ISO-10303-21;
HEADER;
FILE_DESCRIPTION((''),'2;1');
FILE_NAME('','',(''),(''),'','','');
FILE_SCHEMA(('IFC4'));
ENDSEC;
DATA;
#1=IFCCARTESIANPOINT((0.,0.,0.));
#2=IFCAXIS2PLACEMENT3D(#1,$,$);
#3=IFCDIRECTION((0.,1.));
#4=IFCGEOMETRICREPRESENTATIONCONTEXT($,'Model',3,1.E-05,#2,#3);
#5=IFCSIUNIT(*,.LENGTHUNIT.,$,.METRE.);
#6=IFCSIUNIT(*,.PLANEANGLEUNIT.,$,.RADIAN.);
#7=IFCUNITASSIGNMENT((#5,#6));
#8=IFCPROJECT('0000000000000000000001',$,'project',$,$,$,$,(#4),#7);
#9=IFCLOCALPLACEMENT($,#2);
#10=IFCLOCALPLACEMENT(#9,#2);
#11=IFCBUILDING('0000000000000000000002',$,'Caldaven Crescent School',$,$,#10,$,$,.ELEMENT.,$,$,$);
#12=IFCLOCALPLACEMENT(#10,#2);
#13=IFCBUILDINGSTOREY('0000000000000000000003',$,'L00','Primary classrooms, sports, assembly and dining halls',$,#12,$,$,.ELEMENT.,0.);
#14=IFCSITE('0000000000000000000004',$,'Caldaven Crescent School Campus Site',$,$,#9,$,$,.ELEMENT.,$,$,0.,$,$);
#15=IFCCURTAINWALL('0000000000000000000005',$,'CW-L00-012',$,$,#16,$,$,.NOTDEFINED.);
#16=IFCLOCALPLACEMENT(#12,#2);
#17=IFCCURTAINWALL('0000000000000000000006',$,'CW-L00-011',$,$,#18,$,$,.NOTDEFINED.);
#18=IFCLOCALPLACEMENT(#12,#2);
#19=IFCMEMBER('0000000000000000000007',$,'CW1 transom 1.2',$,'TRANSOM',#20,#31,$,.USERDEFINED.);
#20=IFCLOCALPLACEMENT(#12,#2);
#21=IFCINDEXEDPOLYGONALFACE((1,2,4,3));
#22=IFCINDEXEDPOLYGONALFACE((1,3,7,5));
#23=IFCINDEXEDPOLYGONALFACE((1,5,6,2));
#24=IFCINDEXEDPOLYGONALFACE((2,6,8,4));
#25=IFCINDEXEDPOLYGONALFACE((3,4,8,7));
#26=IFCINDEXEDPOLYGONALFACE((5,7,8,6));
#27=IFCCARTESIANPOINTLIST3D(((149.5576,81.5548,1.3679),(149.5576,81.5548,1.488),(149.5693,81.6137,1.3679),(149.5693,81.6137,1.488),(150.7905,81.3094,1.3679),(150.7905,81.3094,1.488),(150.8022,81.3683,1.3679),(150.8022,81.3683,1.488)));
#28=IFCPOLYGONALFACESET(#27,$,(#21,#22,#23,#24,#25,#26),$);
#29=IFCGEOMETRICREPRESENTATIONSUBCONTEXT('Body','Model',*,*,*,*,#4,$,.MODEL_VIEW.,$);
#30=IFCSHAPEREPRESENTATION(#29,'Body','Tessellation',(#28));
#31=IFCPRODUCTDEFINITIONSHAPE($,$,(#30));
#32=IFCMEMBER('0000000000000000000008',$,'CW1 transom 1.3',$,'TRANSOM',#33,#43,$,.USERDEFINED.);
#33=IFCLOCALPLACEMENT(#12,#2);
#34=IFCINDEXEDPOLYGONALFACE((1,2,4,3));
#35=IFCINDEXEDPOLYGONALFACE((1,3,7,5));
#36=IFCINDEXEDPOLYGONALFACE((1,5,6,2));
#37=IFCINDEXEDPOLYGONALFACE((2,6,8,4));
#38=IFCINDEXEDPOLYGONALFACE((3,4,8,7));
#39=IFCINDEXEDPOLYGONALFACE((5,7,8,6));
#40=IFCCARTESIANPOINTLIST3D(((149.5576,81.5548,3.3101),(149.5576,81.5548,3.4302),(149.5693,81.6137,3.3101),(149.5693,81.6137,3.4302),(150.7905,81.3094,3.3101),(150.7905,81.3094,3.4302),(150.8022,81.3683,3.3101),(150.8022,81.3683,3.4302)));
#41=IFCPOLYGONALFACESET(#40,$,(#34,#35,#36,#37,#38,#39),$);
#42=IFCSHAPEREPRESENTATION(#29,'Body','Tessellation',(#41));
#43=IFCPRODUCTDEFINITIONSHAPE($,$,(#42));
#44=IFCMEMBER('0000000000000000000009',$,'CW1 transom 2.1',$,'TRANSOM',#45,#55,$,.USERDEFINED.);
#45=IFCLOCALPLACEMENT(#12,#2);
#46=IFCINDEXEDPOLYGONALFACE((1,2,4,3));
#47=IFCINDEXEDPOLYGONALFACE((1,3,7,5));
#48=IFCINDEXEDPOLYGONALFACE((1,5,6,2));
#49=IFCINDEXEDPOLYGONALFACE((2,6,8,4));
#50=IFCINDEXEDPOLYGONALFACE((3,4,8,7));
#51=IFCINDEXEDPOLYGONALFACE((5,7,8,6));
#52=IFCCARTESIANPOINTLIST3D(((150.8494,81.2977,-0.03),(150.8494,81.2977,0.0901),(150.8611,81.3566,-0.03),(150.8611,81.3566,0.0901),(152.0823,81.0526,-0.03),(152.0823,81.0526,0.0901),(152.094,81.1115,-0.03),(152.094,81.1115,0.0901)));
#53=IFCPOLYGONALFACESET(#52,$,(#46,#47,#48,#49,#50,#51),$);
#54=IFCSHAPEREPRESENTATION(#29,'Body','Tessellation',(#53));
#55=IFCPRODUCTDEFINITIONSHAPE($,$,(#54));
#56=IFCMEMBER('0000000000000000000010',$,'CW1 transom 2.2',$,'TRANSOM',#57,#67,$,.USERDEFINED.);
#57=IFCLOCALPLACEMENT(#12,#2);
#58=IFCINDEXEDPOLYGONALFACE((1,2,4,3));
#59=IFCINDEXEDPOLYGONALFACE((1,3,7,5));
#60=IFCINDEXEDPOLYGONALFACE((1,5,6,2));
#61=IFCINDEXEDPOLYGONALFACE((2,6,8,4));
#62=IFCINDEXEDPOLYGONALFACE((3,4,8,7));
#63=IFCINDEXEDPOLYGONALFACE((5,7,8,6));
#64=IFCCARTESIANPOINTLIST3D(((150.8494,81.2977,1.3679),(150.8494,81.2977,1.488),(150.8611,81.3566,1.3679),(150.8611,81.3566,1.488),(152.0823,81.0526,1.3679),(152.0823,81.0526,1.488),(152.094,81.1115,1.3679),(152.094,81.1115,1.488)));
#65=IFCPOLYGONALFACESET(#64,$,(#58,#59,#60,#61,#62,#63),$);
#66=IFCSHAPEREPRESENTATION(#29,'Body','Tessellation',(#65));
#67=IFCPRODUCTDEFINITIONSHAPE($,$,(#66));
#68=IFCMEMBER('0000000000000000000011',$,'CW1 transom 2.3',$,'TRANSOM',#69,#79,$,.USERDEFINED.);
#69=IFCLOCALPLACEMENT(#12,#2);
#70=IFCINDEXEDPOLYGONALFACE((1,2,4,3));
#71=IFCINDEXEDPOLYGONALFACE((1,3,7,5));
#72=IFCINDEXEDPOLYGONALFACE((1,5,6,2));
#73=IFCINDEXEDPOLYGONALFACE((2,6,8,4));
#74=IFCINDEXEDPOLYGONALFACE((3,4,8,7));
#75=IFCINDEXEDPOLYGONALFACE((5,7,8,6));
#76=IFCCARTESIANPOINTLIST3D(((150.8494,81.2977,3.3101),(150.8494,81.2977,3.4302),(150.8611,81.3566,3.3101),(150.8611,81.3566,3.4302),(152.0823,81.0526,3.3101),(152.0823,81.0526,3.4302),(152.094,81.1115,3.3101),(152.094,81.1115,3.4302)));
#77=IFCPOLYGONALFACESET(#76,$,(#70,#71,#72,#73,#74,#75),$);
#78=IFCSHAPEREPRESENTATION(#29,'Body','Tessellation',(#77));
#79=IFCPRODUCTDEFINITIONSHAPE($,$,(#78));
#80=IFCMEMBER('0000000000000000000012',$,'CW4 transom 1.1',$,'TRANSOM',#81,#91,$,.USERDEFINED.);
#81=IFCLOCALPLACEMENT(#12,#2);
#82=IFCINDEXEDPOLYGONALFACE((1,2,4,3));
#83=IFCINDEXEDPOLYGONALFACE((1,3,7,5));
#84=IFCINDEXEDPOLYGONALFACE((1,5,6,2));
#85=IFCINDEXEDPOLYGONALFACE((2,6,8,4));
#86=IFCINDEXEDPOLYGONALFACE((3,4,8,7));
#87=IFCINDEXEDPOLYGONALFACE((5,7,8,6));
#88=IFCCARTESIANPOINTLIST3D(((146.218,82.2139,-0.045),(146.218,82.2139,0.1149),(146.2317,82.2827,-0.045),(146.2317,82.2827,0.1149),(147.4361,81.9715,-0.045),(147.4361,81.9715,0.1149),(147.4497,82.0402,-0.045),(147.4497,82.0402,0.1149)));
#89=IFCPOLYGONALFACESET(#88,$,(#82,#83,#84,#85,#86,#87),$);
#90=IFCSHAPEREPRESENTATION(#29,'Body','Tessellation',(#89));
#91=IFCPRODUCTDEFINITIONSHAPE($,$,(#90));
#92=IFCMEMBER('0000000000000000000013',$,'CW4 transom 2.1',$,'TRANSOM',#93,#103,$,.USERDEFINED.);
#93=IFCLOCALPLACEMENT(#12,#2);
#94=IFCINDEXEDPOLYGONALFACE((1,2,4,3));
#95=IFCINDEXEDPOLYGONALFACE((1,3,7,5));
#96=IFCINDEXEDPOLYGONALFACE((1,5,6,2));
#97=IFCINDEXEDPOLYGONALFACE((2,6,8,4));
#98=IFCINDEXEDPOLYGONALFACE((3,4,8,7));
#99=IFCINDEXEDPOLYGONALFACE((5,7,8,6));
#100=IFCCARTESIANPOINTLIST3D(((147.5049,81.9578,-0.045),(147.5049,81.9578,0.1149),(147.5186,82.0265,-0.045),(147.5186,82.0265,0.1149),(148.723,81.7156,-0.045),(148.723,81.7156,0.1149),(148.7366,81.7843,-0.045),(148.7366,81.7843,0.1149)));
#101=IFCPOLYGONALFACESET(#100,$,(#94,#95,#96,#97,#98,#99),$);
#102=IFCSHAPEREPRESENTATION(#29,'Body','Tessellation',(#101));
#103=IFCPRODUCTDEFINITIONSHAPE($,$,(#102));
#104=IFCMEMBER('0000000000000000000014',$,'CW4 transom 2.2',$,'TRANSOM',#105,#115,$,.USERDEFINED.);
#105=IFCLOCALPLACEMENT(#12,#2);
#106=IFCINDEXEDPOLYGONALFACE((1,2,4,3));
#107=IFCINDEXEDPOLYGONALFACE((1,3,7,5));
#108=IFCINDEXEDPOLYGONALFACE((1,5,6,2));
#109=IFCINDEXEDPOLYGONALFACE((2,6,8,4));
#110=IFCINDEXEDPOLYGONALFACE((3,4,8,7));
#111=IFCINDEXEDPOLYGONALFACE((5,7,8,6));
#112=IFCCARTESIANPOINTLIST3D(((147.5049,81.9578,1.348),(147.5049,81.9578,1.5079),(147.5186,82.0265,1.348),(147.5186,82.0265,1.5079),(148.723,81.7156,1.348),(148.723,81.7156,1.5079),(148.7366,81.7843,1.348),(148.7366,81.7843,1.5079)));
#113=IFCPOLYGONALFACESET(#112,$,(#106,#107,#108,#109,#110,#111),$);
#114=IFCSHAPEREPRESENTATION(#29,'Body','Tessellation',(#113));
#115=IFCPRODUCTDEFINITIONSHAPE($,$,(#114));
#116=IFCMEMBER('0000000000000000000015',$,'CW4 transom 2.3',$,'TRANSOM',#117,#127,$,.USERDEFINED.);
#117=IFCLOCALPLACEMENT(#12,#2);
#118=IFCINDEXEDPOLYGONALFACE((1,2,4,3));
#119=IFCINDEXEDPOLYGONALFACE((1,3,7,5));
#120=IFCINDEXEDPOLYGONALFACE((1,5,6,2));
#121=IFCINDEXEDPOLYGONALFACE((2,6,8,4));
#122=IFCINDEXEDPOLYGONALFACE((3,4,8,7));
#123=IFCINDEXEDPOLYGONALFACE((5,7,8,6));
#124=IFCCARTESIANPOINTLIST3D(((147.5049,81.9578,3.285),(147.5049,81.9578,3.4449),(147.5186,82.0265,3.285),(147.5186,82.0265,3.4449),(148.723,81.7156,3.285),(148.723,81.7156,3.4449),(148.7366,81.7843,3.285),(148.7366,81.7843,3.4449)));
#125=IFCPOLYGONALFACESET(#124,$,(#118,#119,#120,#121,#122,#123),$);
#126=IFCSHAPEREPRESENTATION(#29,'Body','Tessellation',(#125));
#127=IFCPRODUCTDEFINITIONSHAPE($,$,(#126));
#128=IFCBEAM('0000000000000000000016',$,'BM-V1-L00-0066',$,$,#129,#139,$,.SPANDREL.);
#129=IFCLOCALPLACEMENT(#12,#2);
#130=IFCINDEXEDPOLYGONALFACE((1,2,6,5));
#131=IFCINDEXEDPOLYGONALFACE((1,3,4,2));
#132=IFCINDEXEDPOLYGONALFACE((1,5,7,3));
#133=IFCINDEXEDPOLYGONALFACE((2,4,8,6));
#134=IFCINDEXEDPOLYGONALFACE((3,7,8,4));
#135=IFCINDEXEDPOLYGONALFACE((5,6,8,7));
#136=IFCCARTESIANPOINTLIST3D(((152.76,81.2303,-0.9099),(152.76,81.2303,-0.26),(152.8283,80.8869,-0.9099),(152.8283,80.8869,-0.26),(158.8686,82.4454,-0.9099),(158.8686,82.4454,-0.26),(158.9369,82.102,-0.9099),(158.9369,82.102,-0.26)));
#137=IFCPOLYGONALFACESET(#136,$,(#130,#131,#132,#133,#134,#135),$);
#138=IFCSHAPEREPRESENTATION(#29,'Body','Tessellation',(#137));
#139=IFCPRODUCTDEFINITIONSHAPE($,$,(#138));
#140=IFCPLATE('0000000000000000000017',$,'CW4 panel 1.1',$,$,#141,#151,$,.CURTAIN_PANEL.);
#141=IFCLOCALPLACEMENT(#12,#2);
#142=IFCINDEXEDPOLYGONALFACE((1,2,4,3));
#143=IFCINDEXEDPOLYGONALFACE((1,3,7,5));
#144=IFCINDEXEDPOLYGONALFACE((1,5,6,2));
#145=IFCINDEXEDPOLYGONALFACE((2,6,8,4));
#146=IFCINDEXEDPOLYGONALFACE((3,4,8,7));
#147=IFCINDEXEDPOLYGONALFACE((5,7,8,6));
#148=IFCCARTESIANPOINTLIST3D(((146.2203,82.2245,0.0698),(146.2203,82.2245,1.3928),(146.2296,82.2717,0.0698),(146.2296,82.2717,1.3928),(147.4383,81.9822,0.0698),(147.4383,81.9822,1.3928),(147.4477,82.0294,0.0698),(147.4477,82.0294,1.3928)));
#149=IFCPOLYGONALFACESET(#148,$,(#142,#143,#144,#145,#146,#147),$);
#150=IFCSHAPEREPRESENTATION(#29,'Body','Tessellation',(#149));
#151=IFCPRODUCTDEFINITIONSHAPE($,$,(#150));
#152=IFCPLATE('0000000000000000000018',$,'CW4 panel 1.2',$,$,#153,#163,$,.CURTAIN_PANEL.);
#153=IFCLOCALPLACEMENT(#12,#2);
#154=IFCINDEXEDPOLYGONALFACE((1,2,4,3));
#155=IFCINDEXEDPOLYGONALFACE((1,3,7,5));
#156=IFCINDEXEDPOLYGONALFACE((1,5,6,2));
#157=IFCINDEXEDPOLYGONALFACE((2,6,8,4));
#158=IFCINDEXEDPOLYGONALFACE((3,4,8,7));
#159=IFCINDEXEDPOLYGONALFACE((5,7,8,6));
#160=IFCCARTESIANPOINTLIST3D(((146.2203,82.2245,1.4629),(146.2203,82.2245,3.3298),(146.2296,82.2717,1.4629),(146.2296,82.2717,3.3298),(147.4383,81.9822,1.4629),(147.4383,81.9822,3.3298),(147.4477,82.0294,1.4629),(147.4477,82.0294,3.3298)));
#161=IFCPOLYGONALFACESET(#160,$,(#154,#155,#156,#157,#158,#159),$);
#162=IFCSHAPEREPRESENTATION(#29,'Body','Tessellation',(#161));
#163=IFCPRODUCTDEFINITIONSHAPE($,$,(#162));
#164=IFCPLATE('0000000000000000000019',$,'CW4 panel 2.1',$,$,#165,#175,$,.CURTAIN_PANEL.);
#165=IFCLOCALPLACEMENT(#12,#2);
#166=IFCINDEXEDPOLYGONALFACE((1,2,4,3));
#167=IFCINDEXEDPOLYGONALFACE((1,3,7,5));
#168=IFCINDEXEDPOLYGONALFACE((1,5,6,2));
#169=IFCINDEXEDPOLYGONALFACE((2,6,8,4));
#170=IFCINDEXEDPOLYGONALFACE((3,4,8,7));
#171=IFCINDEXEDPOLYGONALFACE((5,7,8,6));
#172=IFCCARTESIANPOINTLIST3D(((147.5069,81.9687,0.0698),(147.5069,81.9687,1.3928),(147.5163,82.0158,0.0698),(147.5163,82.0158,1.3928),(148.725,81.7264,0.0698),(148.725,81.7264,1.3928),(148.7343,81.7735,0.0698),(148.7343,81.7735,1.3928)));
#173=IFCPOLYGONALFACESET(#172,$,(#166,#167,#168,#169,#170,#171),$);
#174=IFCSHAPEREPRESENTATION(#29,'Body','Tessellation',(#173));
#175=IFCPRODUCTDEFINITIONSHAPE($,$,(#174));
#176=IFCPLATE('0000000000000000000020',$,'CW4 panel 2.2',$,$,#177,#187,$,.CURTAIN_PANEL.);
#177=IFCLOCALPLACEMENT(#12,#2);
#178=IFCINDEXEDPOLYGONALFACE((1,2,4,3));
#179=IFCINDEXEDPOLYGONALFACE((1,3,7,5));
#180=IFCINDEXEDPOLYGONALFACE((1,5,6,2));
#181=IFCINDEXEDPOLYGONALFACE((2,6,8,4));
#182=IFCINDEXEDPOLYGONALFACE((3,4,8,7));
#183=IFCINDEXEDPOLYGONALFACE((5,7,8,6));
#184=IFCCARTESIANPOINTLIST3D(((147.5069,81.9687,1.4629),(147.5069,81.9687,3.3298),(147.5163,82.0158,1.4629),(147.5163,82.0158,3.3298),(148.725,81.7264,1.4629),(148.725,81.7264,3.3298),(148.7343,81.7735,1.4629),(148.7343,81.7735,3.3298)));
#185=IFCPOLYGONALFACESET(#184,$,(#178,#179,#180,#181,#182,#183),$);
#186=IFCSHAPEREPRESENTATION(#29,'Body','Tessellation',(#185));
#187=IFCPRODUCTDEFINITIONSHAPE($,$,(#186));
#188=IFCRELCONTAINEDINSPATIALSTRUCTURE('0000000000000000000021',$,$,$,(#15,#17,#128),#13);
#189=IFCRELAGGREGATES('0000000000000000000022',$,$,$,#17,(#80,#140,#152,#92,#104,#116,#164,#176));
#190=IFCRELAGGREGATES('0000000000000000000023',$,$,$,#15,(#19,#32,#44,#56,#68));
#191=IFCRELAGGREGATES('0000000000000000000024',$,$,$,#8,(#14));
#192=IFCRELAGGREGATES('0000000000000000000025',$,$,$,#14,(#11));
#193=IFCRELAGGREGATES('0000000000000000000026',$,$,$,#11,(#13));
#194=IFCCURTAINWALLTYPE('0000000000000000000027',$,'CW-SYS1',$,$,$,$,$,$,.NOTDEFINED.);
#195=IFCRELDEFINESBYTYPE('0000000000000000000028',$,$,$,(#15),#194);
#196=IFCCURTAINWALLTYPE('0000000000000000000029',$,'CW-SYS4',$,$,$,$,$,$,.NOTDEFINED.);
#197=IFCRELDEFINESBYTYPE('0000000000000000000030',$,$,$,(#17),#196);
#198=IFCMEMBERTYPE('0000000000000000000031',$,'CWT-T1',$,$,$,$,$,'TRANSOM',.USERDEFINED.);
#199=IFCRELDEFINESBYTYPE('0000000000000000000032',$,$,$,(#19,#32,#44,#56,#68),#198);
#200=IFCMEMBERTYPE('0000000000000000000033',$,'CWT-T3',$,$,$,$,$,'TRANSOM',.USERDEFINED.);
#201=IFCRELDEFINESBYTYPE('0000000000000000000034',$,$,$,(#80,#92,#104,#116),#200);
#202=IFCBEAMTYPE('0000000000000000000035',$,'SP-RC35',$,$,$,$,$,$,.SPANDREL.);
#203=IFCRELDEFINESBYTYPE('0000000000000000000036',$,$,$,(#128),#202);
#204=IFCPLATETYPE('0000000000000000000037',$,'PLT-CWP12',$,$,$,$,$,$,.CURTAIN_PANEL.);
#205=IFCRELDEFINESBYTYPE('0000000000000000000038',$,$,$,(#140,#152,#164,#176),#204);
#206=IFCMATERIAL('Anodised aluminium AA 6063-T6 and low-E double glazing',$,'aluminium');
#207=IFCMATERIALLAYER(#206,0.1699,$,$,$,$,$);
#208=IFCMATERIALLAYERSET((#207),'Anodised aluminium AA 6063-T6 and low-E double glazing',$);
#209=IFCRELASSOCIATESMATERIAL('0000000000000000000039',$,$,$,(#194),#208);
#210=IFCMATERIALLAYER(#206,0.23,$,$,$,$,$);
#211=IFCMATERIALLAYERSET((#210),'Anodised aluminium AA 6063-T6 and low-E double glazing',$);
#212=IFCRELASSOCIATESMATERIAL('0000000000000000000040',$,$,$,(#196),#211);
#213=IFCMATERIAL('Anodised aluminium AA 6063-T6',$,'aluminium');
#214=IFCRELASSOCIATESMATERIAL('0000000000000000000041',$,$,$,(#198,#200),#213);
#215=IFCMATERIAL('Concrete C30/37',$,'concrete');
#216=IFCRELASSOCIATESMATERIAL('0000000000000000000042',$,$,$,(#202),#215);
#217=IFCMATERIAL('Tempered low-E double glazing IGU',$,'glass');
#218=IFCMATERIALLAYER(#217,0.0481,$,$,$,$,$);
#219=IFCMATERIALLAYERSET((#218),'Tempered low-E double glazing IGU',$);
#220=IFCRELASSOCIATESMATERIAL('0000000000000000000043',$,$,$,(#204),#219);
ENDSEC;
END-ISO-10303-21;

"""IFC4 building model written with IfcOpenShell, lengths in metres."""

from ifc_helpers import new_model, si_unit, direction, frame, origin, origin_2d, place, context, subcontext, project, spatial, rectangle, extrude, material, layer, layer_set, material_profile, profile_set, type_object, element, aggregate, save


model = new_model("IFC4")

# Units and contexts
model_context = context("Model", 3, precision=1e-05, world=origin(), true_north=direction((0.0, 1.0)))
body_context = subcontext(model_context, "Body", "Model", "MODEL_VIEW")
ifc_project = project(units=[si_unit("LENGTHUNIT", "METRE"), si_unit("PLANEANGLEUNIT", "RADIAN")], contexts=[model_context])

# Site, building, storey
site_placement = place(None, origin())
site = spatial("IfcSite", under=ifc_project, at=site_placement, Name="Caldaven Crescent School Campus Site", CompositionType="ELEMENT", RefElevation=0.0)
building_placement = place(site_placement, origin())
building = spatial("IfcBuilding", under=site, at=building_placement, Name="Caldaven Crescent School", CompositionType="ELEMENT")
storey_placement = place(building_placement, origin())
storey = spatial("IfcBuildingStorey", under=building, at=storey_placement, Name="L00", Description="Primary classrooms, sports, assembly and dining halls", CompositionType="ELEMENT", Elevation=0.0)

# Shared definitions
ifc_material_1 = material(Name="Concrete C30/37", Category="concrete")

# Curtain walls
ifc_material_2 = material(Name="Anodised aluminium AA 6063-T6 and low-E double glazing", Category="aluminium")
ifc_layer_1 = layer(ifc_material_2, 0.1699)
ifc_layer_set_1 = layer_set([ifc_layer_1], Name="Anodised aluminium AA 6063-T6 and low-E double glazing")
curtain_wall_type_1 = type_object("IfcCurtainWallType", Name="CW-SYS1", PredefinedType="NOTDEFINED", material=ifc_layer_set_1)
curtain_wall_1_placement = place(storey_placement, origin())
curtain_wall_1 = element("IfcCurtainWall", 1, at=curtain_wall_1_placement, inside=storey, type_object=curtain_wall_type_1, Name="CW-L00-012", PredefinedType="NOTDEFINED")
ifc_material_3 = material(Name="Anodised aluminium AA 6063-T6", Category="aluminium")
ifc_layer_2 = layer(ifc_material_2, 0.23)
ifc_layer_set_2 = layer_set([ifc_layer_2], Name="Anodised aluminium AA 6063-T6 and low-E double glazing")
curtain_wall_type_2 = type_object("IfcCurtainWallType", Name="CW-SYS4", PredefinedType="NOTDEFINED", material=ifc_layer_set_2)
curtain_wall_2_placement = place(storey_placement, origin())
curtain_wall_2 = element("IfcCurtainWall", 2, at=curtain_wall_2_placement, inside=storey, type_object=curtain_wall_type_2, Name="CW-L00-011", PredefinedType="NOTDEFINED")

# Members
ifc_material_profile_1 = material_profile(ifc_material_3, rectangle(XDim=0.0601, YDim=0.1201, at=origin_2d()), Name="CWT 60x120")
ifc_profile_set_1 = profile_set([ifc_material_profile_1], Name="Anodised aluminium AA 6063-T6")
member_type_1 = type_object("IfcMemberType", Name="CWT-T1", ElementType="TRANSOM", PredefinedType="USERDEFINED", material=ifc_profile_set_1)
member_1_placement = place(storey_placement, frame((149.5635, 81.5842, 1.428), z_axis=(0.980767, -0.195182, 0.0), x_axis=(0.195182, 0.980767, 0.0)))
member_1 = element("IfcMember", 3, at=member_1_placement, type_object=member_type_1, Name="CW1 transom 1.2", ObjectType="TRANSOM", PredefinedType="USERDEFINED", context=body_context, shape_type="SweptSolid", body=[
    extrude(rectangle(XDim=0.0601, YDim=0.1201, at=origin_2d()), origin(), (0.0, 0.0, 1.0), 1.2571),
])
member_2_placement = place(storey_placement, frame((149.5635, 81.5842, 3.3701), z_axis=(0.980767, -0.195182, 0.0), x_axis=(0.195182, 0.980767, 0.0)))
member_2 = element("IfcMember", 4, at=member_2_placement, type_object=member_type_1, Name="CW1 transom 1.3", ObjectType="TRANSOM", PredefinedType="USERDEFINED", context=body_context, shape_type="SweptSolid", body=[
    extrude(rectangle(XDim=0.0601, YDim=0.1201, at=origin_2d()), origin(), (0.0, 0.0, 1.0), 1.2571),
])
member_3_placement = place(storey_placement, frame((150.8552, 81.3271, 0.03), z_axis=(0.980804, -0.194996, 0.0), x_axis=(0.194996, 0.980804, 0.0)))
member_3 = element("IfcMember", 5, at=member_3_placement, type_object=member_type_1, Name="CW1 transom 2.1", ObjectType="TRANSOM", PredefinedType="USERDEFINED", context=body_context, shape_type="SweptSolid", body=[
    extrude(rectangle(XDim=0.0601, YDim=0.1201, at=origin_2d()), origin(), (0.0, 0.0, 1.0), 1.2571),
])
member_4_placement = place(storey_placement, frame((150.8552, 81.3271, 1.428), z_axis=(0.980804, -0.194996, 0.0), x_axis=(0.194996, 0.980804, 0.0)))
member_4 = element("IfcMember", 6, at=member_4_placement, type_object=member_type_1, Name="CW1 transom 2.2", ObjectType="TRANSOM", PredefinedType="USERDEFINED", context=body_context, shape_type="SweptSolid", body=[
    extrude(rectangle(XDim=0.0601, YDim=0.1201, at=origin_2d()), origin(), (0.0, 0.0, 1.0), 1.2571),
])
member_5_placement = place(storey_placement, frame((150.8552, 81.3271, 3.3701), z_axis=(0.980804, -0.194996, 0.0), x_axis=(0.194996, 0.980804, 0.0)))
member_5 = element("IfcMember", 7, at=member_5_placement, type_object=member_type_1, Name="CW1 transom 2.3", ObjectType="TRANSOM", PredefinedType="USERDEFINED", context=body_context, shape_type="SweptSolid", body=[
    extrude(rectangle(XDim=0.0601, YDim=0.1201, at=origin_2d()), origin(), (0.0, 0.0, 1.0), 1.2571),
])
ifc_material_profile_2 = material_profile(ifc_material_3, rectangle(XDim=0.0701, YDim=0.1599, at=origin_2d()), Name="CWT 70x160")
ifc_profile_set_2 = profile_set([ifc_material_profile_2], Name="Anodised aluminium AA 6063-T6")
member_type_2 = type_object("IfcMemberType", Name="CWT-T3", ElementType="TRANSOM", PredefinedType="USERDEFINED", material=ifc_profile_set_2)
member_6_placement = place(storey_placement, frame((146.2249, 82.2483, 0.0349), z_axis=(0.980762, -0.195209, 0.0), x_axis=(0.195209, 0.980762, 0.0)))
member_6 = element("IfcMember", 8, at=member_6_placement, type_object=member_type_2, Name="CW4 transom 1.1", ObjectType="TRANSOM", PredefinedType="USERDEFINED", context=body_context, shape_type="SweptSolid", body=[
    extrude(rectangle(XDim=0.0701, YDim=0.1599, at=origin_2d()), origin(), (0.0, 0.0, 1.0), 1.2419),
])
member_7_placement = place(storey_placement, frame((147.5117, 81.9922, 0.0349), z_axis=(0.980799, -0.19502, 0.0), x_axis=(0.19502, 0.980799, 0.0)))
member_7 = element("IfcMember", 9, at=member_7_placement, type_object=member_type_2, Name="CW4 transom 2.1", ObjectType="TRANSOM", PredefinedType="USERDEFINED", context=body_context, shape_type="SweptSolid", body=[
    extrude(rectangle(XDim=0.0701, YDim=0.1599, at=origin_2d()), origin(), (0.0, 0.0, 1.0), 1.2419),
])
member_8_placement = place(storey_placement, frame((147.5117, 81.9922, 1.428), z_axis=(0.980799, -0.19502, 0.0), x_axis=(0.19502, 0.980799, 0.0)))
member_8 = element("IfcMember", 10, at=member_8_placement, type_object=member_type_2, Name="CW4 transom 2.2", ObjectType="TRANSOM", PredefinedType="USERDEFINED", context=body_context, shape_type="SweptSolid", body=[
    extrude(rectangle(XDim=0.0701, YDim=0.1599, at=origin_2d()), origin(), (0.0, 0.0, 1.0), 1.2419),
])
member_9_placement = place(storey_placement, frame((147.5117, 81.9922, 3.365), z_axis=(0.980799, -0.19502, 0.0), x_axis=(0.19502, 0.980799, 0.0)))
member_9 = element("IfcMember", 11, at=member_9_placement, type_object=member_type_2, Name="CW4 transom 2.3", ObjectType="TRANSOM", PredefinedType="USERDEFINED", context=body_context, shape_type="SweptSolid", body=[
    extrude(rectangle(XDim=0.0701, YDim=0.1599, at=origin_2d()), origin(), (0.0, 0.0, 1.0), 1.2419),
])

# Beam
ifc_material_profile_3 = material_profile(ifc_material_1, rectangle(XDim=0.3501, YDim=0.6499, at=origin_2d()), Name="RC 350x650")
ifc_profile_set_3 = profile_set([ifc_material_profile_3], Name="Concrete C30/37")
beam_type = type_object("IfcBeamType", Name="SP-RC35", PredefinedType="SPANDREL", material=ifc_profile_set_3)
beam_placement = place(storey_placement, frame((152.7942, 81.0586, -0.585), z_axis=(0.980785, 0.195091, 0.0), x_axis=(-0.195091, 0.980785, 0.0)))
element("IfcBeam", 12, at=beam_placement, inside=storey, type_object=beam_type, Name="BM-V1-L00-0066", PredefinedType="SPANDREL", context=body_context, shape_type="SweptSolid", body=[
    extrude(rectangle(XDim=0.3501, YDim=0.6499, at=origin_2d()), origin(), (0.0, 0.0, 1.0), 6.2283),
])

# Plates
ifc_material_4 = material(Name="Tempered low-E double glazing IGU", Category="glass")
ifc_layer_3 = layer(ifc_material_4, 0.0481)
ifc_layer_set_3 = layer_set([ifc_layer_3], Name="Tempered low-E double glazing IGU")
plate_type_1 = type_object("IfcPlateType", Name="PLT-CWP12", PredefinedType="CURTAIN_PANEL", material=ifc_layer_set_3)
plate_1_placement = place(storey_placement, frame((146.834, 82.127, 0.0698), z_axis=(0.0, 0.0, 1.0), x_axis=(0.980785, -0.19509, 0.0)))
plate_1 = element("IfcPlate", 13, at=plate_1_placement, type_object=plate_type_1, Name="CW4 panel 1.1", PredefinedType="CURTAIN_PANEL", context=body_context, shape_type="SweptSolid", body=[
    extrude(rectangle(XDim=1.2419, YDim=0.0481, at=origin_2d()), origin(), (0.0, 0.0, 1.0), 1.323),
])
plate_2_placement = place(storey_placement, frame((146.834, 82.127, 1.4629), z_axis=(0.0, 0.0, 1.0), x_axis=(0.980785, -0.19509, 0.0)))
plate_2 = element("IfcPlate", 14, at=plate_2_placement, type_object=plate_type_1, Name="CW4 panel 1.2", PredefinedType="CURTAIN_PANEL", context=body_context, shape_type="SweptSolid", body=[
    extrude(rectangle(XDim=1.2419, YDim=0.0481, at=origin_2d()), origin(), (0.0, 0.0, 1.0), 1.8669),
])
plate_3_placement = place(storey_placement, frame((148.1206, 81.8711, 0.0698), z_axis=(0.0, 0.0, 1.0), x_axis=(0.980785, -0.19509, 0.0)))
plate_3 = element("IfcPlate", 15, at=plate_3_placement, type_object=plate_type_1, Name="CW4 panel 2.1", PredefinedType="CURTAIN_PANEL", context=body_context, shape_type="SweptSolid", body=[
    extrude(rectangle(XDim=1.2419, YDim=0.0481, at=origin_2d()), origin(), (0.0, 0.0, 1.0), 1.323),
])
plate_4_placement = place(storey_placement, frame((148.1206, 81.8711, 1.4629), z_axis=(0.0, 0.0, 1.0), x_axis=(0.980785, -0.19509, 0.0)))
plate_4 = element("IfcPlate", 16, at=plate_4_placement, type_object=plate_type_1, Name="CW4 panel 2.2", PredefinedType="CURTAIN_PANEL", context=body_context, shape_type="SweptSolid", body=[
    extrude(rectangle(XDim=1.2419, YDim=0.0481, at=origin_2d()), origin(), (0.0, 0.0, 1.0), 1.8669),
])
aggregate(curtain_wall_2, [member_6, plate_1, plate_2, member_7, member_8, member_9, plate_3, plate_4])
aggregate(curtain_wall_1, [member_1, member_2, member_3, member_4, member_5])

save(model, "model.ifc")
